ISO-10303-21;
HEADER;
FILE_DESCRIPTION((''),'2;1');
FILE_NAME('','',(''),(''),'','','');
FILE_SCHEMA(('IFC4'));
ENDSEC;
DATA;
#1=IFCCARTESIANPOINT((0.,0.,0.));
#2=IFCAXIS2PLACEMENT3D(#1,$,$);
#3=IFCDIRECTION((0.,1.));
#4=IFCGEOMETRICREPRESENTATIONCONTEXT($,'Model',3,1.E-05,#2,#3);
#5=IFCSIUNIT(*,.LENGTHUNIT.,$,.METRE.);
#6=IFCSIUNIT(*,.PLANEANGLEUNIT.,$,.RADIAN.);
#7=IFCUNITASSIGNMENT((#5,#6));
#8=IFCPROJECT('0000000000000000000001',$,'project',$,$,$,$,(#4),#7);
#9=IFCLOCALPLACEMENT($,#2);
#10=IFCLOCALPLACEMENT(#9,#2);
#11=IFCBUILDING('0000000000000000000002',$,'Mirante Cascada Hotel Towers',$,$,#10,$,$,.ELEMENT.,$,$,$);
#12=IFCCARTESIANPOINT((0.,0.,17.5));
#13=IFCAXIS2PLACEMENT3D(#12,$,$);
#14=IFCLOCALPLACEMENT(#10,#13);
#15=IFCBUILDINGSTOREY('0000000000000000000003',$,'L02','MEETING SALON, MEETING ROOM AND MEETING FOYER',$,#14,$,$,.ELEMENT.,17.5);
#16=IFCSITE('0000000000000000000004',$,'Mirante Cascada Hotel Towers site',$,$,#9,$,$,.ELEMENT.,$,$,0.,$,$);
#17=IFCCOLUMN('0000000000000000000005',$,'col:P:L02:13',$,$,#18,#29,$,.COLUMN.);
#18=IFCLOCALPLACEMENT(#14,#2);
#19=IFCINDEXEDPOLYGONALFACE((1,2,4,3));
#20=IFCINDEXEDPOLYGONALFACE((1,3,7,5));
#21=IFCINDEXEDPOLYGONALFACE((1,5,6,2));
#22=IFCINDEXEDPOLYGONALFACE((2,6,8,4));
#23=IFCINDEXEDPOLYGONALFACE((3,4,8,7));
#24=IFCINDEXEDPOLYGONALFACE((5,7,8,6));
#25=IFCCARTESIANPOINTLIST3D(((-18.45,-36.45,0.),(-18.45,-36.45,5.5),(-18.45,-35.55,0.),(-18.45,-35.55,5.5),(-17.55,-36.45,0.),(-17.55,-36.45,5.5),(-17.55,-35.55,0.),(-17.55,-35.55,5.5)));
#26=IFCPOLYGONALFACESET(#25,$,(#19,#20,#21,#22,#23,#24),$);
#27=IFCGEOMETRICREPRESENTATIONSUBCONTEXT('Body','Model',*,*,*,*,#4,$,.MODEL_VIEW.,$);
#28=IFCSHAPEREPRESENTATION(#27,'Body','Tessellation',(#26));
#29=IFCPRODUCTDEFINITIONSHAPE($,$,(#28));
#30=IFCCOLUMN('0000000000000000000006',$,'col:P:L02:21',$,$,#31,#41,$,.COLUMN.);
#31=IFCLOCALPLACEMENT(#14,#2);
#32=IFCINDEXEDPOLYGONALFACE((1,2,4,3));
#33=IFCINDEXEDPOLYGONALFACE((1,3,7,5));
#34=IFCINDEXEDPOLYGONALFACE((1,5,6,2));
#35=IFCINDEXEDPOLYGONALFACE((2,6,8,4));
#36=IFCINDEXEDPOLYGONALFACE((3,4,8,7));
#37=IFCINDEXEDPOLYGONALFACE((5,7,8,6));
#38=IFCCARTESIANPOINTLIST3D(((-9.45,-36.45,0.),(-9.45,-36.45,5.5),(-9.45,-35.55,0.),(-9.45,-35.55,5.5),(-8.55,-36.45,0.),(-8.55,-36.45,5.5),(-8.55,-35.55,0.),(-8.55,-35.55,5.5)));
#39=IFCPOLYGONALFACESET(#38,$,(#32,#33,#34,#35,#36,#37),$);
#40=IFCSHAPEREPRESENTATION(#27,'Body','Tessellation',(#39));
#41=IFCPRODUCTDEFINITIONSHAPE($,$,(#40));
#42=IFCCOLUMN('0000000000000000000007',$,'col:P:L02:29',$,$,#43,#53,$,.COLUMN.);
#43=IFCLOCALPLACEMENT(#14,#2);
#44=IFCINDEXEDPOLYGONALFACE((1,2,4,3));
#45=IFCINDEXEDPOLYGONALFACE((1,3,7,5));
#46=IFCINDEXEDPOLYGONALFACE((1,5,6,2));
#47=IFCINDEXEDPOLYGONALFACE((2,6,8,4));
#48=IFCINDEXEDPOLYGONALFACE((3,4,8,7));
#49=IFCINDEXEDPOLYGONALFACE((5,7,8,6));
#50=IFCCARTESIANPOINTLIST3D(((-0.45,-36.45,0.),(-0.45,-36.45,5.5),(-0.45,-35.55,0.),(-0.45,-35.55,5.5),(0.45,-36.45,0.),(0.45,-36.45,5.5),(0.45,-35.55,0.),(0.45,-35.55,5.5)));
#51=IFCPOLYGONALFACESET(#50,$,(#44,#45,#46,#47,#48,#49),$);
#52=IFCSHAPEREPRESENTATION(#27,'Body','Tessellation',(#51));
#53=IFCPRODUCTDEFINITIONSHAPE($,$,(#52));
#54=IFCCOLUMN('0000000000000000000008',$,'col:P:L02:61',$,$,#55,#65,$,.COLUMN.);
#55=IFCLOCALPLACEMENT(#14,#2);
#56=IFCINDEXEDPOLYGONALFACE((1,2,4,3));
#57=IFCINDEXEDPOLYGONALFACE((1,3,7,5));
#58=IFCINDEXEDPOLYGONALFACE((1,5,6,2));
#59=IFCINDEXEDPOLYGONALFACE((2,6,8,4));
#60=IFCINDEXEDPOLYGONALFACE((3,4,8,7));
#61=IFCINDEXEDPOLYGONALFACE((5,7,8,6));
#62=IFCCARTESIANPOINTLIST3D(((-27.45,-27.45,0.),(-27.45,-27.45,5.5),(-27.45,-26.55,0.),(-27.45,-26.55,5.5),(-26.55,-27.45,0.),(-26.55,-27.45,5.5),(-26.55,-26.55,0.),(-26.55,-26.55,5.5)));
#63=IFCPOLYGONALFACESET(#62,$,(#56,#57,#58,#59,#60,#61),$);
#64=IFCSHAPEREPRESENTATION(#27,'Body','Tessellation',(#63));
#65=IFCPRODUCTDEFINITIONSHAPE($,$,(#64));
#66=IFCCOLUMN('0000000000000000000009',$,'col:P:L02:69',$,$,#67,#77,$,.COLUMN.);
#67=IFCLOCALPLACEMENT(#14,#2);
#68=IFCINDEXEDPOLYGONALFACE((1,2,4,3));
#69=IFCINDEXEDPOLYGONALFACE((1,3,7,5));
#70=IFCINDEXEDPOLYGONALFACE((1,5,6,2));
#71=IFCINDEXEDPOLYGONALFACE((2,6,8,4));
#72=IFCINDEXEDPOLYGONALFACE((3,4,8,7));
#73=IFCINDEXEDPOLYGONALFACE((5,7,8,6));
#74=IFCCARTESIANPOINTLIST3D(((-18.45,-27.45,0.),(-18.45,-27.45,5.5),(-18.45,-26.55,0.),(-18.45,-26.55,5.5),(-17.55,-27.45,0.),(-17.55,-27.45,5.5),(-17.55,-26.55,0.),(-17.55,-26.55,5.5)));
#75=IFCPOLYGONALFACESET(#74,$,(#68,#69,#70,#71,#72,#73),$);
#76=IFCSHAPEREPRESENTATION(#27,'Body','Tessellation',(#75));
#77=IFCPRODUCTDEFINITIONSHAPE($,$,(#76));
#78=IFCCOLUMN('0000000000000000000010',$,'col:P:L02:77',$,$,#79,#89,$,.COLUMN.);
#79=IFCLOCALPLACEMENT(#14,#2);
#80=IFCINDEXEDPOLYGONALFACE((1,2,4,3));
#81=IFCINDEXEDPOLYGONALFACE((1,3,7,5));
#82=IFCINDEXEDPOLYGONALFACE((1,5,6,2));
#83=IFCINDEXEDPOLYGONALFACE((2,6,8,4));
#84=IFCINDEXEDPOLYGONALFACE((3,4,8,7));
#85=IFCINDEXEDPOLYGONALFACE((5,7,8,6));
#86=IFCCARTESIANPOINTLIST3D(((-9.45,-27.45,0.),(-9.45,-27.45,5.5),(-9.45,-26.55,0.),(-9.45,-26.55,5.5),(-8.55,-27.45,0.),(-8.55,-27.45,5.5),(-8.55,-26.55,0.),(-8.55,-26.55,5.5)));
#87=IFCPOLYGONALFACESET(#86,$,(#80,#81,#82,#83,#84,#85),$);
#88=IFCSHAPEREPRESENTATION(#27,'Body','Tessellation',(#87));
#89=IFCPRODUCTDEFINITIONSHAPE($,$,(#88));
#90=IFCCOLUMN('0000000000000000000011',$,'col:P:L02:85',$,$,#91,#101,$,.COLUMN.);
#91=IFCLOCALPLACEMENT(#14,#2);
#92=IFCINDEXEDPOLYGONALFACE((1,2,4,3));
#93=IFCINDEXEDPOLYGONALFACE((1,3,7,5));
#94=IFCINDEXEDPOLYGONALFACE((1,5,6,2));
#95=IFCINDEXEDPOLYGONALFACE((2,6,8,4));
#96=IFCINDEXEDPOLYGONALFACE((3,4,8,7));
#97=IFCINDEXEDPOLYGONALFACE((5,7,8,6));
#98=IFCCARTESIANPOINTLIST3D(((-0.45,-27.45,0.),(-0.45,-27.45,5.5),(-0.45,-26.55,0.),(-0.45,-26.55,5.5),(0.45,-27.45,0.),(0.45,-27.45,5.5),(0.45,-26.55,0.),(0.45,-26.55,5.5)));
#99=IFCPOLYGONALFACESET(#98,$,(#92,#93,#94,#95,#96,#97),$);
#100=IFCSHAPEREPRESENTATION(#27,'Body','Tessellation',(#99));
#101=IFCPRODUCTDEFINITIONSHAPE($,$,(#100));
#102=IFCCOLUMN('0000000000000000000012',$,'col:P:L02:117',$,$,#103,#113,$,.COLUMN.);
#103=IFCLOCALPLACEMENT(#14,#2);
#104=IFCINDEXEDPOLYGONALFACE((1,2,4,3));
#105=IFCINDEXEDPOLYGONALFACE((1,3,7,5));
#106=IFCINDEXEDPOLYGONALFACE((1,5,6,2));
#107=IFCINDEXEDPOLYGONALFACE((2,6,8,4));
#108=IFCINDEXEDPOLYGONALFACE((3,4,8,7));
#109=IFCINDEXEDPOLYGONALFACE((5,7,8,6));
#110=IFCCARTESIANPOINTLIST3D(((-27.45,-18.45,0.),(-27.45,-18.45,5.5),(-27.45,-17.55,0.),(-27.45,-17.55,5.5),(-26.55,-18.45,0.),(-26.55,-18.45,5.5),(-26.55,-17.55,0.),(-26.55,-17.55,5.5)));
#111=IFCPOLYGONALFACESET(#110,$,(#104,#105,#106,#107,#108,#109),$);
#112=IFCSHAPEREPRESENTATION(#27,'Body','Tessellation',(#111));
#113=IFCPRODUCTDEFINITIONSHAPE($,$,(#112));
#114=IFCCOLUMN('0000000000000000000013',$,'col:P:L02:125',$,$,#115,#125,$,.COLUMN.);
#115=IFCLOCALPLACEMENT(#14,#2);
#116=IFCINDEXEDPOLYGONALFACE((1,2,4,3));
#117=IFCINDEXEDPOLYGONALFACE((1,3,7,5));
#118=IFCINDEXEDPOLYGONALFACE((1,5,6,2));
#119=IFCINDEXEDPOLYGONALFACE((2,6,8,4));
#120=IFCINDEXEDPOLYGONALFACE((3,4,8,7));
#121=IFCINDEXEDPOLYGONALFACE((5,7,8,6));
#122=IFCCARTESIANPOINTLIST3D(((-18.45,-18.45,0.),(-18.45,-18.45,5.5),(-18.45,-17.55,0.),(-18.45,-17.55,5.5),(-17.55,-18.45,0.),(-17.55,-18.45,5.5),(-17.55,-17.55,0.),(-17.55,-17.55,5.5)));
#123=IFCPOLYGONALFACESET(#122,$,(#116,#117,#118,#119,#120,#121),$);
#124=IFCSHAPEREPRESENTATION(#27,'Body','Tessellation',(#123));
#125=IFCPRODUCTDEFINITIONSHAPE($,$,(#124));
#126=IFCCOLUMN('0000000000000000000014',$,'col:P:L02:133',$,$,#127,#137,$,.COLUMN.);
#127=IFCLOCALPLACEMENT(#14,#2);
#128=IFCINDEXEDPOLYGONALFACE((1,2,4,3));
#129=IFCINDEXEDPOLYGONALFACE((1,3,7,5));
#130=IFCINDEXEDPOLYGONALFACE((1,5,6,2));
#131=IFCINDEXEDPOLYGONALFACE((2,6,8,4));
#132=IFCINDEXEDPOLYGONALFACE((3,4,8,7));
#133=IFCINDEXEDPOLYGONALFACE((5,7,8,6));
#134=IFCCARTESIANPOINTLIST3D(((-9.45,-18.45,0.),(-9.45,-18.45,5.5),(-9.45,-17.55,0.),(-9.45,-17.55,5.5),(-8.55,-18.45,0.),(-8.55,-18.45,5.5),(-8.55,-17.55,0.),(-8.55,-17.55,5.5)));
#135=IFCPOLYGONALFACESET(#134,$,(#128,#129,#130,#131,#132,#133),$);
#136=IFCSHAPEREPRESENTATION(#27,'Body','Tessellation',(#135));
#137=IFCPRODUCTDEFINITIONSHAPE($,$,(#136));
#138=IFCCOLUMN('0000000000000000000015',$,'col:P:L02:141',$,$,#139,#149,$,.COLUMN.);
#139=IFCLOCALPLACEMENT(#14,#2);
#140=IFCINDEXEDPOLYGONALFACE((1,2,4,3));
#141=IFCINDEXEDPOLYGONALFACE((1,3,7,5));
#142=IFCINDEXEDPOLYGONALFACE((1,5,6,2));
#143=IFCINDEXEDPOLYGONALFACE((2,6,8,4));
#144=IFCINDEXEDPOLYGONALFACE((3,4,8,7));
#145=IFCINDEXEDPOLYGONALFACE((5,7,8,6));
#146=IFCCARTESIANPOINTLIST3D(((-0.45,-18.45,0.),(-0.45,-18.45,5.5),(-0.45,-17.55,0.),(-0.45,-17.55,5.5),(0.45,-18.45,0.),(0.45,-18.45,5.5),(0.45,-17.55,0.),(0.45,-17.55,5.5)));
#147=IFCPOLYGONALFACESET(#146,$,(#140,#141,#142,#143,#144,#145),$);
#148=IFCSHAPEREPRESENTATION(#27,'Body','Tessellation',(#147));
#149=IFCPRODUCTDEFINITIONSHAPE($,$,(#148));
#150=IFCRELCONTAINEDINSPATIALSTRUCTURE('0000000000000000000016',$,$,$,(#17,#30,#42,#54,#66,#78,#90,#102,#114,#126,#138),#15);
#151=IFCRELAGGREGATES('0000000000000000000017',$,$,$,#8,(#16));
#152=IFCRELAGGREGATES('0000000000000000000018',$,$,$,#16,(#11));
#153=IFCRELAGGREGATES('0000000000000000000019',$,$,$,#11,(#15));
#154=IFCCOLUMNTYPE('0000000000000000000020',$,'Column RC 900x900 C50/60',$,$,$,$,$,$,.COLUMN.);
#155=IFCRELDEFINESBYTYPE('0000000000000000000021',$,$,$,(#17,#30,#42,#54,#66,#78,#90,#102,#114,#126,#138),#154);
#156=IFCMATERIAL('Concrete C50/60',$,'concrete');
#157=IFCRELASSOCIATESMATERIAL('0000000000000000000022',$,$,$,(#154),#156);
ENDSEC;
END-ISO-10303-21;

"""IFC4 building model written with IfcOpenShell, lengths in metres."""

from ifc_helpers import new_model, si_unit, direction, frame, origin, origin_2d, place, context, subcontext, project, spatial, rectangle, extrude, material, material_profile, profile_set, type_object, element, save


model = new_model("IFC4")

# Units and contexts
model_context = context("Model", 3, precision=1e-05, world=origin(), true_north=direction((0.0, 1.0)))
body_context = subcontext(model_context, "Body", "Model", "MODEL_VIEW")
ifc_project = project(units=[si_unit("LENGTHUNIT", "METRE"), si_unit("PLANEANGLEUNIT", "RADIAN")], contexts=[model_context])

# Site, building, storey
site_placement = place(None, origin())
site = spatial("IfcSite", under=ifc_project, at=site_placement, Name="Mirante Cascada Hotel Towers site", CompositionType="ELEMENT", RefElevation=0.0)
building_placement = place(site_placement, origin())
building = spatial("IfcBuilding", under=site, at=building_placement, Name="Mirante Cascada Hotel Towers", CompositionType="ELEMENT")
storey_placement = place(building_placement, frame((0.0, 0.0, 17.5)))
storey = spatial("IfcBuildingStorey", under=building, at=storey_placement, Name="L02", Description="MEETING SALON, MEETING ROOM AND MEETING FOYER", CompositionType="ELEMENT", Elevation=17.5)

# Columns
ifc_material_1 = material(Name="Concrete C50/60", Category="concrete")
ifc_material_profile = material_profile(ifc_material_1, rectangle(XDim=0.9, YDim=0.9, at=origin_2d()), Name="RC 900x900")
ifc_profile_set = profile_set([ifc_material_profile], Name="Concrete C50/60")
column_type = type_object("IfcColumnType", Name="Column RC 900x900 C50/60", PredefinedType="COLUMN", material=ifc_profile_set)
for number, where, z_axis, x_axis, name in (
    (1, (-18.0, -36.0, 0.0), (0.0, 0.0, 1.0), (1.0, 0.0, 0.0), "col:P:L02:13"),
    (2, (-9.0, -36.0, 0.0), (0.0, 0.0, 1.0), (1.0, 0.0, 0.0), "col:P:L02:21"),
    (3, (0.0, -36.0, 0.0), (0.0, 0.0, 1.0), (1.0, 0.0, 0.0), "col:P:L02:29"),
    (4, (-27.0, -27.0, 0.0), (0.0, 0.0, 1.0), (1.0, 0.0, 0.0), "col:P:L02:61"),
    (5, (-18.0, -27.0, 0.0), (0.0, 0.0, 1.0), (1.0, 0.0, 0.0), "col:P:L02:69"),
    (6, (-9.0, -27.0, 0.0), (0.0, 0.0, 1.0), (1.0, 0.0, 0.0), "col:P:L02:77"),
    (7, (0.0, -27.0, 0.0), (0.0, 0.0, 1.0), (1.0, 0.0, 0.0), "col:P:L02:85"),
    (8, (-27.0, -18.0, 0.0), (0.0, 0.0, 1.0), (1.0, 0.0, 0.0), "col:P:L02:117"),
    (9, (-18.0, -18.0, 0.0), (0.0, 0.0, 1.0), (1.0, 0.0, 0.0), "col:P:L02:125"),
    (10, (-9.0, -18.0, 0.0), (0.0, 0.0, 1.0), (1.0, 0.0, 0.0), "col:P:L02:133"),
    (11, (0.0, -18.0, 0.0), (0.0, 0.0, 1.0), (1.0, 0.0, 0.0), "col:P:L02:141"),
):
    element("IfcColumn", number, at=place(storey_placement, frame(where, z_axis=z_axis, x_axis=x_axis)), inside=storey, type_object=column_type, Name=name, PredefinedType="COLUMN", context=body_context, shape_type="SweptSolid", body=[
        extrude(rectangle(XDim=0.9, YDim=0.9, at=origin_2d()), origin(), (0.0, 0.0, 1.0), 5.5),
    ])

save(model, "model.ifc")
